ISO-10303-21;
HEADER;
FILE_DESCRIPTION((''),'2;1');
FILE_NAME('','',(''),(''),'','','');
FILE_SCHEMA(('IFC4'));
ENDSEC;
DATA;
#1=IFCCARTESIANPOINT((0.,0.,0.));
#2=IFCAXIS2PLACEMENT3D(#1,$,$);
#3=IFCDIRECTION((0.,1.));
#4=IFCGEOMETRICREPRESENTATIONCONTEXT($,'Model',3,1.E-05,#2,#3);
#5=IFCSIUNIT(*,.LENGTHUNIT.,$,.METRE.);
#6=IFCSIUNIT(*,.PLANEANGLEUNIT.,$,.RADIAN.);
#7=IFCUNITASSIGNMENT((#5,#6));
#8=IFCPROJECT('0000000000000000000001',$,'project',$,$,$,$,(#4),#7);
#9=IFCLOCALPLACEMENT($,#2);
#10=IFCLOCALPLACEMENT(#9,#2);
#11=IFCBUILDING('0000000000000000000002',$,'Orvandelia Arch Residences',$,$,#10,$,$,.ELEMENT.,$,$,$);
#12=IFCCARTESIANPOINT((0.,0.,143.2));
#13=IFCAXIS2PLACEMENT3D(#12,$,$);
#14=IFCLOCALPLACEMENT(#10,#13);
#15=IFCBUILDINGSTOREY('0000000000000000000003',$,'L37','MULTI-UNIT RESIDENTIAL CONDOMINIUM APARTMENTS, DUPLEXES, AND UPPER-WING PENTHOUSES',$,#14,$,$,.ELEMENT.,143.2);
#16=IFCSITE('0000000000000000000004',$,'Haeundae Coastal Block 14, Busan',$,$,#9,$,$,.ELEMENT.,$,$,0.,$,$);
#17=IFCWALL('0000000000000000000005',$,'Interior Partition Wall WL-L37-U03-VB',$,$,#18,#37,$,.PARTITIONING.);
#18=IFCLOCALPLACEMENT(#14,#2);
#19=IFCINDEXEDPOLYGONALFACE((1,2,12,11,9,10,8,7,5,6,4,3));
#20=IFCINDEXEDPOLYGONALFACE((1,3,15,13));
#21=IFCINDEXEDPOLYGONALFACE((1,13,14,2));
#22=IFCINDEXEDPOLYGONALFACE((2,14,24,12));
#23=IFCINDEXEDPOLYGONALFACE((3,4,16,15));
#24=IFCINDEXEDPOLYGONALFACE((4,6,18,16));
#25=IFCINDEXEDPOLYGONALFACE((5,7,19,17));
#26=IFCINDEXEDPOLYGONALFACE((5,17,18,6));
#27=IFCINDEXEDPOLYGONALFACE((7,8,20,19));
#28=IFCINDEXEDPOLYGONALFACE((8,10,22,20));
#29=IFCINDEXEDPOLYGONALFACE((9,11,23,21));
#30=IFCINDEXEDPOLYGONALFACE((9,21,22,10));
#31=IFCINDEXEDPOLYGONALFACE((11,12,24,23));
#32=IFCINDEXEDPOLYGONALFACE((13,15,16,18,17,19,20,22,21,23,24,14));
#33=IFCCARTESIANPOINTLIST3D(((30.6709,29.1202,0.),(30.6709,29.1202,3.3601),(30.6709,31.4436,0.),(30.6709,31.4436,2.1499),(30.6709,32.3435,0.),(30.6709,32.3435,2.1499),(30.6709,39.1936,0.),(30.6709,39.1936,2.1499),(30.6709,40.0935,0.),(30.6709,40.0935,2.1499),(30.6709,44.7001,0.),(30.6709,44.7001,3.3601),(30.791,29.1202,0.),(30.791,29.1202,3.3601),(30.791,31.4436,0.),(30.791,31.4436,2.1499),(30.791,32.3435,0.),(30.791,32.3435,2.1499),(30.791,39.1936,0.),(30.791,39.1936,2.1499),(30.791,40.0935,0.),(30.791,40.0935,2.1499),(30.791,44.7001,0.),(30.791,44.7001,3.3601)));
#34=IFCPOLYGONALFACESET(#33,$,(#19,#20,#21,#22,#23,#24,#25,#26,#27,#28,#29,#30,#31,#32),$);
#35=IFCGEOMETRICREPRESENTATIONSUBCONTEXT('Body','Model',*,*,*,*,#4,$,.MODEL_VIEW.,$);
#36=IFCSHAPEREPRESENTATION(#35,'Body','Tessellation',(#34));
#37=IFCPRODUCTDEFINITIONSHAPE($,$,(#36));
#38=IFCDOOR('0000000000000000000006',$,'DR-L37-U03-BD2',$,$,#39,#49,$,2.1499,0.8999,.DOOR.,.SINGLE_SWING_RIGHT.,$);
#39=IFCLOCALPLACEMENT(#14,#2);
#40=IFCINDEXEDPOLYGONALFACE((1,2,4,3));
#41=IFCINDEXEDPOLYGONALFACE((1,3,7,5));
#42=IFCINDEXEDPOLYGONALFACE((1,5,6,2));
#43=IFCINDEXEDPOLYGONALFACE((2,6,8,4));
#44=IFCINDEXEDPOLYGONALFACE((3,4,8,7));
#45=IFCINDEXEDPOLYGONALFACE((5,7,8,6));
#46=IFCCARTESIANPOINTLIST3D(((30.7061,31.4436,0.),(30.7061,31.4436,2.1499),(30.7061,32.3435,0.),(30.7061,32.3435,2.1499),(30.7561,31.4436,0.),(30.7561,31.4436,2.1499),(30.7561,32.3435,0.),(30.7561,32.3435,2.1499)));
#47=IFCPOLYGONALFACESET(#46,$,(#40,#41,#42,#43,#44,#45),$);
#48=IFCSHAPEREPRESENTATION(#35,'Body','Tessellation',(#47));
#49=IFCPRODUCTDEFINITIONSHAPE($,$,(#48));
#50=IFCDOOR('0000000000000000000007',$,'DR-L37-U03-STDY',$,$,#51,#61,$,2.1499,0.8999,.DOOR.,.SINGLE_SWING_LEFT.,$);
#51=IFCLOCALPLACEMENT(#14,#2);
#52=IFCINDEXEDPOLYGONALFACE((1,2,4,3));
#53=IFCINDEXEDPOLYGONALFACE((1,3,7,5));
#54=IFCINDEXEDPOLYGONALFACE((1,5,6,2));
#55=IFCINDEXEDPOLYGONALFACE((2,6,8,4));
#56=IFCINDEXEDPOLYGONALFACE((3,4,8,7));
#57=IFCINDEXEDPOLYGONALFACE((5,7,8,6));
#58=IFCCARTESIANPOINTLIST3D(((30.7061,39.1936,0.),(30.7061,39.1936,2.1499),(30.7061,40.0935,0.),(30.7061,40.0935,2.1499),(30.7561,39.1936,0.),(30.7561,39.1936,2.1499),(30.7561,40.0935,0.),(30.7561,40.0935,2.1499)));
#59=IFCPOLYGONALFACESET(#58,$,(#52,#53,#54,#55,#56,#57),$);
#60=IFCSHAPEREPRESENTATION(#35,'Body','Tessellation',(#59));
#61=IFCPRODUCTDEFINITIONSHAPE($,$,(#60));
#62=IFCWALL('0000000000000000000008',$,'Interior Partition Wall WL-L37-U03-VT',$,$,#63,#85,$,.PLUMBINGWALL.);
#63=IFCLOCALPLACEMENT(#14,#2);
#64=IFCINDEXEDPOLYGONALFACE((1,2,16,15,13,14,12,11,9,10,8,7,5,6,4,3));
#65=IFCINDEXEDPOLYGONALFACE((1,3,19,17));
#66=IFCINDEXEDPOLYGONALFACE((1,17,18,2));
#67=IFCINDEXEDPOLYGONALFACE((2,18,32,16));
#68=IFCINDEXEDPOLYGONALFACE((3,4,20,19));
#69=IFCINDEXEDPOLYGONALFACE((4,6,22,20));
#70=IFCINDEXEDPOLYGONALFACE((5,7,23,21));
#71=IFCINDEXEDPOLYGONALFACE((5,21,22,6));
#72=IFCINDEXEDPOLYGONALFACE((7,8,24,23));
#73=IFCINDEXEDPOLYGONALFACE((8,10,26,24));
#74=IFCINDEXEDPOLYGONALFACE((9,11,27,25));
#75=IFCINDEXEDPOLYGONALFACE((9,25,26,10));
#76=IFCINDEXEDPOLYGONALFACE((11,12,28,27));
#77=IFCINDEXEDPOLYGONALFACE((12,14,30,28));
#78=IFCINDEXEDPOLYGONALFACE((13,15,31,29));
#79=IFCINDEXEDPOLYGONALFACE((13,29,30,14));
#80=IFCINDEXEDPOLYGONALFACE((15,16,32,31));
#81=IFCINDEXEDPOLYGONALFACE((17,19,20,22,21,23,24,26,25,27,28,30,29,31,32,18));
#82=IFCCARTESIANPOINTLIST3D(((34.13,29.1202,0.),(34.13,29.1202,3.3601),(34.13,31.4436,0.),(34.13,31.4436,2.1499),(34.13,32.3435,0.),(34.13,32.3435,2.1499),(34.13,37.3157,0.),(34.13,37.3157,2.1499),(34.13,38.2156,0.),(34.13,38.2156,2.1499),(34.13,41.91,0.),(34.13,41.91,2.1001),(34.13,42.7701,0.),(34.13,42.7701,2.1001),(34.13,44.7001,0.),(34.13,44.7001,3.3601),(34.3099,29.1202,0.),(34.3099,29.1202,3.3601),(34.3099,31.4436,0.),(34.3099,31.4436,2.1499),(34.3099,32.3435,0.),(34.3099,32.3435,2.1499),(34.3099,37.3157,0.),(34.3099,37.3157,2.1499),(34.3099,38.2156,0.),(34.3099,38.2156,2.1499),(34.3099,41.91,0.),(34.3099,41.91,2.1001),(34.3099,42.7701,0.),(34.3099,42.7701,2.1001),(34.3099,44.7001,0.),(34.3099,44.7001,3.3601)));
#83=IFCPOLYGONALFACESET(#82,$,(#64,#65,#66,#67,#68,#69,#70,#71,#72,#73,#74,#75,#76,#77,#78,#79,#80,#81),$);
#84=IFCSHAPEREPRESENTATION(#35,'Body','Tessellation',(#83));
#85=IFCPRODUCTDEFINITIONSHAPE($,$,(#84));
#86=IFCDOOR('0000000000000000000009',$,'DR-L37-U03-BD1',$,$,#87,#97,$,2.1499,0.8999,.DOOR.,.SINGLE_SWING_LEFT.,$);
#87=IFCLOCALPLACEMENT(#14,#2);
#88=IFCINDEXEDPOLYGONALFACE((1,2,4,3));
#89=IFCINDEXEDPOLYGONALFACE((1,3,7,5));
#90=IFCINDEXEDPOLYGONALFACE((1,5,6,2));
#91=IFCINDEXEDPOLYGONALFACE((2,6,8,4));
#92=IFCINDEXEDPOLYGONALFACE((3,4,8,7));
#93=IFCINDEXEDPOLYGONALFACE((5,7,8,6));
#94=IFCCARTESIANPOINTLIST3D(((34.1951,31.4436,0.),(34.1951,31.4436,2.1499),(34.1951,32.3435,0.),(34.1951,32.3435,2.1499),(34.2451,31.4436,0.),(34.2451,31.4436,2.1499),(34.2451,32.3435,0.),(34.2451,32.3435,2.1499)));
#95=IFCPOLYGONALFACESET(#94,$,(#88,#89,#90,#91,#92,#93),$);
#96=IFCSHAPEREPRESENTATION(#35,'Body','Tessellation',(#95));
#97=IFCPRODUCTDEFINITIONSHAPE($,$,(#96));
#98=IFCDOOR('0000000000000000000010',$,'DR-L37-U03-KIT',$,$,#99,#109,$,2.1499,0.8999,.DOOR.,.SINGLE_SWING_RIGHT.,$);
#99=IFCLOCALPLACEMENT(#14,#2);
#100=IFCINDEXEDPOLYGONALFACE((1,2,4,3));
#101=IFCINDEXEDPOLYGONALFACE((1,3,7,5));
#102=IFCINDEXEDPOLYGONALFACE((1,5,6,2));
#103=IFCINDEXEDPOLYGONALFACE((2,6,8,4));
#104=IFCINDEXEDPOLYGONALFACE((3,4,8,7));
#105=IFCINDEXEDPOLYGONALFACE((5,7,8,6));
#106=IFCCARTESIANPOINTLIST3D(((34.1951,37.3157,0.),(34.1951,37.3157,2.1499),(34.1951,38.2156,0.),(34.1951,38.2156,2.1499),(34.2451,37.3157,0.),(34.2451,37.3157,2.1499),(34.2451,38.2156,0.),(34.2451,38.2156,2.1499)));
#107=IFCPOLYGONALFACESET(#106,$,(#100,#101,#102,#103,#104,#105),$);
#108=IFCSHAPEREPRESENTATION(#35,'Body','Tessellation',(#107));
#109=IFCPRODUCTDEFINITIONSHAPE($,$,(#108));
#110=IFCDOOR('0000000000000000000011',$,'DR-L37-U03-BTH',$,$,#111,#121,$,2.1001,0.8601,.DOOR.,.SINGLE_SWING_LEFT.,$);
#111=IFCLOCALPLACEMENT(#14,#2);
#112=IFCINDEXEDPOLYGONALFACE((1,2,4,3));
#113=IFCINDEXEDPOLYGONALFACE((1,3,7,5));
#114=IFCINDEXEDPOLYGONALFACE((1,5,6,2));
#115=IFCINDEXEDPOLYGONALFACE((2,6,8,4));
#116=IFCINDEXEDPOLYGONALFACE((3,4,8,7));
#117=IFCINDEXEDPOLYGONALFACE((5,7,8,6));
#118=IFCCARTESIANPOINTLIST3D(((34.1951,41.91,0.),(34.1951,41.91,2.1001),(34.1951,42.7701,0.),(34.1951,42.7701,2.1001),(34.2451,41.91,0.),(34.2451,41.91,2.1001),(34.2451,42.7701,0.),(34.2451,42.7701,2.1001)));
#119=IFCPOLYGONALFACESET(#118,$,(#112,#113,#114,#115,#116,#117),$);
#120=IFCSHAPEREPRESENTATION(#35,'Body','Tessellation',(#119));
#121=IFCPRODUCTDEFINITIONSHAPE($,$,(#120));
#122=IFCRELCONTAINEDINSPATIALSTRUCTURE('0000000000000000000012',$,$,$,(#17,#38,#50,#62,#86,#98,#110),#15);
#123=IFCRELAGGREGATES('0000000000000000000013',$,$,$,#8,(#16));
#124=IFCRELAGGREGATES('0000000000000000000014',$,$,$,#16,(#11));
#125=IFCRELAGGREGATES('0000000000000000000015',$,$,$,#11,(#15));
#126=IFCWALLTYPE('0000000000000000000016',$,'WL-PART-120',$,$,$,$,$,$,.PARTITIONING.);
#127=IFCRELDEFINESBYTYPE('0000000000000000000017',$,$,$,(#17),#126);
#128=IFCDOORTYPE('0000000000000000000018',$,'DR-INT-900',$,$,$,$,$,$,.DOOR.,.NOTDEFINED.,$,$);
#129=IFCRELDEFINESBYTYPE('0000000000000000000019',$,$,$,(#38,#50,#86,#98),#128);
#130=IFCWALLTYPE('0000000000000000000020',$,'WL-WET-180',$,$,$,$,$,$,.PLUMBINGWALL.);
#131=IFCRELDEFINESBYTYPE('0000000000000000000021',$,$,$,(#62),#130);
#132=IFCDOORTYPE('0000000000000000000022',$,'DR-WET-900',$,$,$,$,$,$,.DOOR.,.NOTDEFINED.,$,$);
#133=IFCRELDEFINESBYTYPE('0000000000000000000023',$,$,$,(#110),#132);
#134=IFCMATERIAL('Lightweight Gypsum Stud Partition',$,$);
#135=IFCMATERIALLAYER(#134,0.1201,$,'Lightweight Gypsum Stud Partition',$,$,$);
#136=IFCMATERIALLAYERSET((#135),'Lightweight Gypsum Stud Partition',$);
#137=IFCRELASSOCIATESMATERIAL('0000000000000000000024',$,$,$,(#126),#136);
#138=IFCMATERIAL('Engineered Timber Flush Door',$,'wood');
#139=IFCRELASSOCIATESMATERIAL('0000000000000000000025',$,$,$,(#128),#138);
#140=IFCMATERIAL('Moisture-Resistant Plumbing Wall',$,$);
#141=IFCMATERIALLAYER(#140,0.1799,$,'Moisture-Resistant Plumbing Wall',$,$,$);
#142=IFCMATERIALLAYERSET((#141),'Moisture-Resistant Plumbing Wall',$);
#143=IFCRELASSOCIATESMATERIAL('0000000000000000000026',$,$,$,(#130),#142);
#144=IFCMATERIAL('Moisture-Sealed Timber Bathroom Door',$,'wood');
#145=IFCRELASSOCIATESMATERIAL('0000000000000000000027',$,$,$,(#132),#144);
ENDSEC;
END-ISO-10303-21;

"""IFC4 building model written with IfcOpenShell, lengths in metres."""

from ifc_helpers import new_model, si_unit, direction, frame, frame_2d, origin, place, context, subcontext, project, spatial, rectangle, extrude, material, layer, layer_set, type_object, element, fill, save


model = new_model("IFC4")

# Units and contexts
model_context = context("Model", 3, precision=1e-05, world=origin(), true_north=direction((0.0, 1.0)))
body_context = subcontext(model_context, "Body", "Model", "MODEL_VIEW")
ifc_project = project(units=[si_unit("LENGTHUNIT", "METRE"), si_unit("PLANEANGLEUNIT", "RADIAN")], contexts=[model_context])

# Site, building, storey
site_placement = place(None, origin())
site = spatial("IfcSite", under=ifc_project, at=site_placement, Name="Haeundae Coastal Block 14, Busan", CompositionType="ELEMENT", RefElevation=0.0)
building_placement = place(site_placement, origin())
building = spatial("IfcBuilding", under=site, at=building_placement, Name="Orvandelia Arch Residences", CompositionType="ELEMENT")
storey_placement = place(building_placement, frame((0.0, 0.0, 143.2)))
storey = spatial("IfcBuildingStorey", under=building, at=storey_placement, Name="L37", Description="MULTI-UNIT RESIDENTIAL CONDOMINIUM APARTMENTS, DUPLEXES, AND UPPER-WING PENTHOUSES", CompositionType="ELEMENT", Elevation=143.2)

# Walls, openings, doors
ifc_material_1 = material(Name="Lightweight Gypsum Stud Partition")
ifc_layer_1 = layer(ifc_material_1, 0.1201, Name="Lightweight Gypsum Stud Partition")
ifc_layer_set_1 = layer_set([ifc_layer_1], Name="Lightweight Gypsum Stud Partition")
wall_type_1 = type_object("IfcWallType", Name="WL-PART-120", PredefinedType="PARTITIONING", material=ifc_layer_set_1)
wall_1_placement = place(storey_placement, frame((30.731, 29.1201, 0.0), z_axis=(0.0, 0.0, 1.0), x_axis=(0.0, 1.0, 0.0)))
wall_1 = element("IfcWall", 1, at=wall_1_placement, inside=storey, type_object=wall_type_1, Name="Interior Partition Wall WL-L37-U03-VB", PredefinedType="PARTITIONING", context=body_context, shape_type="SweptSolid", body=[
    extrude(rectangle(XDim=15.5798, YDim=0.1201, at=frame_2d((7.79, 0.0))), origin(), (0.0, 0.0, 1.0), 3.3601),
])
opening_1_placement = place(wall_1_placement, frame((2.3235, 0.0, 0.0)))
opening_1 = element("IfcOpeningElement", 2, at=opening_1_placement, cuts=wall_1, PredefinedType="OPENING", context=body_context, shape_type="SweptSolid", body=[
    extrude(rectangle(XDim=0.8999, YDim=2.1499, at=frame_2d((0.45, 1.075))), frame((0.0, 0.0701, 0.0), z_axis=(0.0, -1.0, 0.0), x_axis=(1.0, 0.0, 0.0)), (0.0, 0.0, 1.0), 0.1401),
])
opening_2_placement = place(wall_1_placement, frame((10.0735, 0.0, 0.0)))
opening_2 = element("IfcOpeningElement", 3, at=opening_2_placement, cuts=wall_1, PredefinedType="OPENING", context=body_context, shape_type="SweptSolid", body=[
    extrude(rectangle(XDim=0.8999, YDim=2.1499, at=frame_2d((0.45, 1.075))), frame((0.0, 0.0701, 0.0), z_axis=(0.0, -1.0, 0.0), x_axis=(1.0, 0.0, 0.0)), (0.0, 0.0, 1.0), 0.1401),
])
ifc_material_2 = material(Name="Engineered Timber Flush Door", Category="wood")
door_type_1 = type_object("IfcDoorType", Name="DR-INT-900", OperationType="NOTDEFINED", PredefinedType="DOOR", material=ifc_material_2)
door_1_placement = place(opening_1_placement, origin())
door_1 = element("IfcDoor", 4, at=door_1_placement, inside=storey, type_object=door_type_1, Name="DR-L37-U03-BD2", OperationType="SINGLE_SWING_RIGHT", OverallHeight=2.1499, OverallWidth=0.8999, PredefinedType="DOOR", context=body_context, shape_type="SweptSolid", body=[
    extrude(rectangle(XDim=0.8999, YDim=2.1499, at=frame_2d((0.45, 1.075))), frame((0.0, 0.0249, 0.0), z_axis=(0.0, -1.0, 0.0), x_axis=(1.0, 0.0, 0.0)), (0.0, 0.0, 1.0), 0.05),
])
fill(opening_1, door_1)
door_2_placement = place(opening_2_placement, origin())
door_2 = element("IfcDoor", 5, at=door_2_placement, inside=storey, type_object=door_type_1, Name="DR-L37-U03-STDY", OperationType="SINGLE_SWING_LEFT", OverallHeight=2.1499, OverallWidth=0.8999, PredefinedType="DOOR", context=body_context, shape_type="SweptSolid", body=[
    extrude(rectangle(XDim=0.8999, YDim=2.1499, at=frame_2d((0.45, 1.075))), frame((0.0, 0.0249, 0.0), z_axis=(0.0, -1.0, 0.0), x_axis=(1.0, 0.0, 0.0)), (0.0, 0.0, 1.0), 0.05),
])
fill(opening_2, door_2)
ifc_material_3 = material(Name="Moisture-Resistant Plumbing Wall")
ifc_layer_2 = layer(ifc_material_3, 0.1799, Name="Moisture-Resistant Plumbing Wall")
ifc_layer_set_2 = layer_set([ifc_layer_2], Name="Moisture-Resistant Plumbing Wall")
wall_type_2 = type_object("IfcWallType", Name="WL-WET-180", PredefinedType="PLUMBINGWALL", material=ifc_layer_set_2)
wall_2_placement = place(storey_placement, frame((34.22, 29.1201, 0.0), z_axis=(0.0, 0.0, 1.0), x_axis=(0.0, 1.0, 0.0)))
wall_2 = element("IfcWall", 6, at=wall_2_placement, inside=storey, type_object=wall_type_2, Name="Interior Partition Wall WL-L37-U03-VT", PredefinedType="PLUMBINGWALL", context=body_context, shape_type="SweptSolid", body=[
    extrude(rectangle(XDim=15.5798, YDim=0.1799, at=frame_2d((7.79, 0.0))), origin(), (0.0, 0.0, 1.0), 3.3601),
])
opening_3_placement = place(wall_2_placement, frame((2.3235, 0.0, 0.0)))
opening_3 = element("IfcOpeningElement", 7, at=opening_3_placement, cuts=wall_2, PredefinedType="OPENING", context=body_context, shape_type="SweptSolid", body=[
    extrude(rectangle(XDim=0.8999, YDim=2.1499, at=frame_2d((0.45, 1.075))), frame((0.0, 0.1001, 0.0), z_axis=(0.0, -1.0, 0.0), x_axis=(1.0, 0.0, 0.0)), (0.0, 0.0, 1.0), 0.2),
])
opening_4_placement = place(wall_2_placement, frame((8.1956, 0.0, 0.0)))
opening_4 = element("IfcOpeningElement", 8, at=opening_4_placement, cuts=wall_2, PredefinedType="OPENING", context=body_context, shape_type="SweptSolid", body=[
    extrude(rectangle(XDim=0.8999, YDim=2.1499, at=frame_2d((0.45, 1.075))), frame((0.0, 0.1001, 0.0), z_axis=(0.0, -1.0, 0.0), x_axis=(1.0, 0.0, 0.0)), (0.0, 0.0, 1.0), 0.2),
])
opening_5_placement = place(wall_2_placement, frame((12.7898, 0.0, 0.0)))
opening_5 = element("IfcOpeningElement", 9, at=opening_5_placement, cuts=wall_2, PredefinedType="OPENING", context=body_context, shape_type="SweptSolid", body=[
    extrude(rectangle(XDim=0.8601, YDim=2.1001, at=frame_2d((0.4302, 1.05))), frame((0.0, 0.1001, 0.0), z_axis=(0.0, -1.0, 0.0), x_axis=(1.0, 0.0, 0.0)), (0.0, 0.0, 1.0), 0.2),
])
door_3_placement = place(opening_3_placement, origin())
door_3 = element("IfcDoor", 10, at=door_3_placement, inside=storey, type_object=door_type_1, Name="DR-L37-U03-BD1", OperationType="SINGLE_SWING_LEFT", OverallHeight=2.1499, OverallWidth=0.8999, PredefinedType="DOOR", context=body_context, shape_type="SweptSolid", body=[
    extrude(rectangle(XDim=0.8999, YDim=2.1499, at=frame_2d((0.45, 1.075))), frame((0.0, 0.0249, 0.0), z_axis=(0.0, -1.0, 0.0), x_axis=(1.0, 0.0, 0.0)), (0.0, 0.0, 1.0), 0.05),
])
fill(opening_3, door_3)
door_4_placement = place(opening_4_placement, origin())
door_4 = element("IfcDoor", 11, at=door_4_placement, inside=storey, type_object=door_type_1, Name="DR-L37-U03-KIT", OperationType="SINGLE_SWING_RIGHT", OverallHeight=2.1499, OverallWidth=0.8999, PredefinedType="DOOR", context=body_context, shape_type="SweptSolid", body=[
    extrude(rectangle(XDim=0.8999, YDim=2.1499, at=frame_2d((0.45, 1.075))), frame((0.0, 0.0249, 0.0), z_axis=(0.0, -1.0, 0.0), x_axis=(1.0, 0.0, 0.0)), (0.0, 0.0, 1.0), 0.05),
])
fill(opening_4, door_4)
ifc_material_4 = material(Name="Moisture-Sealed Timber Bathroom Door", Category="wood")
door_type_2 = type_object("IfcDoorType", Name="DR-WET-900", OperationType="NOTDEFINED", PredefinedType="DOOR", material=ifc_material_4)
door_5_placement = place(opening_5_placement, origin())
door_5 = element("IfcDoor", 12, at=door_5_placement, inside=storey, type_object=door_type_2, Name="DR-L37-U03-BTH", OperationType="SINGLE_SWING_LEFT", OverallHeight=2.1001, OverallWidth=0.8601, PredefinedType="DOOR", context=body_context, shape_type="SweptSolid", body=[
    extrude(rectangle(XDim=0.8601, YDim=2.1001, at=frame_2d((0.4302, 1.05))), frame((0.0, 0.0249, 0.0), z_axis=(0.0, -1.0, 0.0), x_axis=(1.0, 0.0, 0.0)), (0.0, 0.0, 1.0), 0.05),
])
fill(opening_5, door_5)

save(model, "model.ifc")
